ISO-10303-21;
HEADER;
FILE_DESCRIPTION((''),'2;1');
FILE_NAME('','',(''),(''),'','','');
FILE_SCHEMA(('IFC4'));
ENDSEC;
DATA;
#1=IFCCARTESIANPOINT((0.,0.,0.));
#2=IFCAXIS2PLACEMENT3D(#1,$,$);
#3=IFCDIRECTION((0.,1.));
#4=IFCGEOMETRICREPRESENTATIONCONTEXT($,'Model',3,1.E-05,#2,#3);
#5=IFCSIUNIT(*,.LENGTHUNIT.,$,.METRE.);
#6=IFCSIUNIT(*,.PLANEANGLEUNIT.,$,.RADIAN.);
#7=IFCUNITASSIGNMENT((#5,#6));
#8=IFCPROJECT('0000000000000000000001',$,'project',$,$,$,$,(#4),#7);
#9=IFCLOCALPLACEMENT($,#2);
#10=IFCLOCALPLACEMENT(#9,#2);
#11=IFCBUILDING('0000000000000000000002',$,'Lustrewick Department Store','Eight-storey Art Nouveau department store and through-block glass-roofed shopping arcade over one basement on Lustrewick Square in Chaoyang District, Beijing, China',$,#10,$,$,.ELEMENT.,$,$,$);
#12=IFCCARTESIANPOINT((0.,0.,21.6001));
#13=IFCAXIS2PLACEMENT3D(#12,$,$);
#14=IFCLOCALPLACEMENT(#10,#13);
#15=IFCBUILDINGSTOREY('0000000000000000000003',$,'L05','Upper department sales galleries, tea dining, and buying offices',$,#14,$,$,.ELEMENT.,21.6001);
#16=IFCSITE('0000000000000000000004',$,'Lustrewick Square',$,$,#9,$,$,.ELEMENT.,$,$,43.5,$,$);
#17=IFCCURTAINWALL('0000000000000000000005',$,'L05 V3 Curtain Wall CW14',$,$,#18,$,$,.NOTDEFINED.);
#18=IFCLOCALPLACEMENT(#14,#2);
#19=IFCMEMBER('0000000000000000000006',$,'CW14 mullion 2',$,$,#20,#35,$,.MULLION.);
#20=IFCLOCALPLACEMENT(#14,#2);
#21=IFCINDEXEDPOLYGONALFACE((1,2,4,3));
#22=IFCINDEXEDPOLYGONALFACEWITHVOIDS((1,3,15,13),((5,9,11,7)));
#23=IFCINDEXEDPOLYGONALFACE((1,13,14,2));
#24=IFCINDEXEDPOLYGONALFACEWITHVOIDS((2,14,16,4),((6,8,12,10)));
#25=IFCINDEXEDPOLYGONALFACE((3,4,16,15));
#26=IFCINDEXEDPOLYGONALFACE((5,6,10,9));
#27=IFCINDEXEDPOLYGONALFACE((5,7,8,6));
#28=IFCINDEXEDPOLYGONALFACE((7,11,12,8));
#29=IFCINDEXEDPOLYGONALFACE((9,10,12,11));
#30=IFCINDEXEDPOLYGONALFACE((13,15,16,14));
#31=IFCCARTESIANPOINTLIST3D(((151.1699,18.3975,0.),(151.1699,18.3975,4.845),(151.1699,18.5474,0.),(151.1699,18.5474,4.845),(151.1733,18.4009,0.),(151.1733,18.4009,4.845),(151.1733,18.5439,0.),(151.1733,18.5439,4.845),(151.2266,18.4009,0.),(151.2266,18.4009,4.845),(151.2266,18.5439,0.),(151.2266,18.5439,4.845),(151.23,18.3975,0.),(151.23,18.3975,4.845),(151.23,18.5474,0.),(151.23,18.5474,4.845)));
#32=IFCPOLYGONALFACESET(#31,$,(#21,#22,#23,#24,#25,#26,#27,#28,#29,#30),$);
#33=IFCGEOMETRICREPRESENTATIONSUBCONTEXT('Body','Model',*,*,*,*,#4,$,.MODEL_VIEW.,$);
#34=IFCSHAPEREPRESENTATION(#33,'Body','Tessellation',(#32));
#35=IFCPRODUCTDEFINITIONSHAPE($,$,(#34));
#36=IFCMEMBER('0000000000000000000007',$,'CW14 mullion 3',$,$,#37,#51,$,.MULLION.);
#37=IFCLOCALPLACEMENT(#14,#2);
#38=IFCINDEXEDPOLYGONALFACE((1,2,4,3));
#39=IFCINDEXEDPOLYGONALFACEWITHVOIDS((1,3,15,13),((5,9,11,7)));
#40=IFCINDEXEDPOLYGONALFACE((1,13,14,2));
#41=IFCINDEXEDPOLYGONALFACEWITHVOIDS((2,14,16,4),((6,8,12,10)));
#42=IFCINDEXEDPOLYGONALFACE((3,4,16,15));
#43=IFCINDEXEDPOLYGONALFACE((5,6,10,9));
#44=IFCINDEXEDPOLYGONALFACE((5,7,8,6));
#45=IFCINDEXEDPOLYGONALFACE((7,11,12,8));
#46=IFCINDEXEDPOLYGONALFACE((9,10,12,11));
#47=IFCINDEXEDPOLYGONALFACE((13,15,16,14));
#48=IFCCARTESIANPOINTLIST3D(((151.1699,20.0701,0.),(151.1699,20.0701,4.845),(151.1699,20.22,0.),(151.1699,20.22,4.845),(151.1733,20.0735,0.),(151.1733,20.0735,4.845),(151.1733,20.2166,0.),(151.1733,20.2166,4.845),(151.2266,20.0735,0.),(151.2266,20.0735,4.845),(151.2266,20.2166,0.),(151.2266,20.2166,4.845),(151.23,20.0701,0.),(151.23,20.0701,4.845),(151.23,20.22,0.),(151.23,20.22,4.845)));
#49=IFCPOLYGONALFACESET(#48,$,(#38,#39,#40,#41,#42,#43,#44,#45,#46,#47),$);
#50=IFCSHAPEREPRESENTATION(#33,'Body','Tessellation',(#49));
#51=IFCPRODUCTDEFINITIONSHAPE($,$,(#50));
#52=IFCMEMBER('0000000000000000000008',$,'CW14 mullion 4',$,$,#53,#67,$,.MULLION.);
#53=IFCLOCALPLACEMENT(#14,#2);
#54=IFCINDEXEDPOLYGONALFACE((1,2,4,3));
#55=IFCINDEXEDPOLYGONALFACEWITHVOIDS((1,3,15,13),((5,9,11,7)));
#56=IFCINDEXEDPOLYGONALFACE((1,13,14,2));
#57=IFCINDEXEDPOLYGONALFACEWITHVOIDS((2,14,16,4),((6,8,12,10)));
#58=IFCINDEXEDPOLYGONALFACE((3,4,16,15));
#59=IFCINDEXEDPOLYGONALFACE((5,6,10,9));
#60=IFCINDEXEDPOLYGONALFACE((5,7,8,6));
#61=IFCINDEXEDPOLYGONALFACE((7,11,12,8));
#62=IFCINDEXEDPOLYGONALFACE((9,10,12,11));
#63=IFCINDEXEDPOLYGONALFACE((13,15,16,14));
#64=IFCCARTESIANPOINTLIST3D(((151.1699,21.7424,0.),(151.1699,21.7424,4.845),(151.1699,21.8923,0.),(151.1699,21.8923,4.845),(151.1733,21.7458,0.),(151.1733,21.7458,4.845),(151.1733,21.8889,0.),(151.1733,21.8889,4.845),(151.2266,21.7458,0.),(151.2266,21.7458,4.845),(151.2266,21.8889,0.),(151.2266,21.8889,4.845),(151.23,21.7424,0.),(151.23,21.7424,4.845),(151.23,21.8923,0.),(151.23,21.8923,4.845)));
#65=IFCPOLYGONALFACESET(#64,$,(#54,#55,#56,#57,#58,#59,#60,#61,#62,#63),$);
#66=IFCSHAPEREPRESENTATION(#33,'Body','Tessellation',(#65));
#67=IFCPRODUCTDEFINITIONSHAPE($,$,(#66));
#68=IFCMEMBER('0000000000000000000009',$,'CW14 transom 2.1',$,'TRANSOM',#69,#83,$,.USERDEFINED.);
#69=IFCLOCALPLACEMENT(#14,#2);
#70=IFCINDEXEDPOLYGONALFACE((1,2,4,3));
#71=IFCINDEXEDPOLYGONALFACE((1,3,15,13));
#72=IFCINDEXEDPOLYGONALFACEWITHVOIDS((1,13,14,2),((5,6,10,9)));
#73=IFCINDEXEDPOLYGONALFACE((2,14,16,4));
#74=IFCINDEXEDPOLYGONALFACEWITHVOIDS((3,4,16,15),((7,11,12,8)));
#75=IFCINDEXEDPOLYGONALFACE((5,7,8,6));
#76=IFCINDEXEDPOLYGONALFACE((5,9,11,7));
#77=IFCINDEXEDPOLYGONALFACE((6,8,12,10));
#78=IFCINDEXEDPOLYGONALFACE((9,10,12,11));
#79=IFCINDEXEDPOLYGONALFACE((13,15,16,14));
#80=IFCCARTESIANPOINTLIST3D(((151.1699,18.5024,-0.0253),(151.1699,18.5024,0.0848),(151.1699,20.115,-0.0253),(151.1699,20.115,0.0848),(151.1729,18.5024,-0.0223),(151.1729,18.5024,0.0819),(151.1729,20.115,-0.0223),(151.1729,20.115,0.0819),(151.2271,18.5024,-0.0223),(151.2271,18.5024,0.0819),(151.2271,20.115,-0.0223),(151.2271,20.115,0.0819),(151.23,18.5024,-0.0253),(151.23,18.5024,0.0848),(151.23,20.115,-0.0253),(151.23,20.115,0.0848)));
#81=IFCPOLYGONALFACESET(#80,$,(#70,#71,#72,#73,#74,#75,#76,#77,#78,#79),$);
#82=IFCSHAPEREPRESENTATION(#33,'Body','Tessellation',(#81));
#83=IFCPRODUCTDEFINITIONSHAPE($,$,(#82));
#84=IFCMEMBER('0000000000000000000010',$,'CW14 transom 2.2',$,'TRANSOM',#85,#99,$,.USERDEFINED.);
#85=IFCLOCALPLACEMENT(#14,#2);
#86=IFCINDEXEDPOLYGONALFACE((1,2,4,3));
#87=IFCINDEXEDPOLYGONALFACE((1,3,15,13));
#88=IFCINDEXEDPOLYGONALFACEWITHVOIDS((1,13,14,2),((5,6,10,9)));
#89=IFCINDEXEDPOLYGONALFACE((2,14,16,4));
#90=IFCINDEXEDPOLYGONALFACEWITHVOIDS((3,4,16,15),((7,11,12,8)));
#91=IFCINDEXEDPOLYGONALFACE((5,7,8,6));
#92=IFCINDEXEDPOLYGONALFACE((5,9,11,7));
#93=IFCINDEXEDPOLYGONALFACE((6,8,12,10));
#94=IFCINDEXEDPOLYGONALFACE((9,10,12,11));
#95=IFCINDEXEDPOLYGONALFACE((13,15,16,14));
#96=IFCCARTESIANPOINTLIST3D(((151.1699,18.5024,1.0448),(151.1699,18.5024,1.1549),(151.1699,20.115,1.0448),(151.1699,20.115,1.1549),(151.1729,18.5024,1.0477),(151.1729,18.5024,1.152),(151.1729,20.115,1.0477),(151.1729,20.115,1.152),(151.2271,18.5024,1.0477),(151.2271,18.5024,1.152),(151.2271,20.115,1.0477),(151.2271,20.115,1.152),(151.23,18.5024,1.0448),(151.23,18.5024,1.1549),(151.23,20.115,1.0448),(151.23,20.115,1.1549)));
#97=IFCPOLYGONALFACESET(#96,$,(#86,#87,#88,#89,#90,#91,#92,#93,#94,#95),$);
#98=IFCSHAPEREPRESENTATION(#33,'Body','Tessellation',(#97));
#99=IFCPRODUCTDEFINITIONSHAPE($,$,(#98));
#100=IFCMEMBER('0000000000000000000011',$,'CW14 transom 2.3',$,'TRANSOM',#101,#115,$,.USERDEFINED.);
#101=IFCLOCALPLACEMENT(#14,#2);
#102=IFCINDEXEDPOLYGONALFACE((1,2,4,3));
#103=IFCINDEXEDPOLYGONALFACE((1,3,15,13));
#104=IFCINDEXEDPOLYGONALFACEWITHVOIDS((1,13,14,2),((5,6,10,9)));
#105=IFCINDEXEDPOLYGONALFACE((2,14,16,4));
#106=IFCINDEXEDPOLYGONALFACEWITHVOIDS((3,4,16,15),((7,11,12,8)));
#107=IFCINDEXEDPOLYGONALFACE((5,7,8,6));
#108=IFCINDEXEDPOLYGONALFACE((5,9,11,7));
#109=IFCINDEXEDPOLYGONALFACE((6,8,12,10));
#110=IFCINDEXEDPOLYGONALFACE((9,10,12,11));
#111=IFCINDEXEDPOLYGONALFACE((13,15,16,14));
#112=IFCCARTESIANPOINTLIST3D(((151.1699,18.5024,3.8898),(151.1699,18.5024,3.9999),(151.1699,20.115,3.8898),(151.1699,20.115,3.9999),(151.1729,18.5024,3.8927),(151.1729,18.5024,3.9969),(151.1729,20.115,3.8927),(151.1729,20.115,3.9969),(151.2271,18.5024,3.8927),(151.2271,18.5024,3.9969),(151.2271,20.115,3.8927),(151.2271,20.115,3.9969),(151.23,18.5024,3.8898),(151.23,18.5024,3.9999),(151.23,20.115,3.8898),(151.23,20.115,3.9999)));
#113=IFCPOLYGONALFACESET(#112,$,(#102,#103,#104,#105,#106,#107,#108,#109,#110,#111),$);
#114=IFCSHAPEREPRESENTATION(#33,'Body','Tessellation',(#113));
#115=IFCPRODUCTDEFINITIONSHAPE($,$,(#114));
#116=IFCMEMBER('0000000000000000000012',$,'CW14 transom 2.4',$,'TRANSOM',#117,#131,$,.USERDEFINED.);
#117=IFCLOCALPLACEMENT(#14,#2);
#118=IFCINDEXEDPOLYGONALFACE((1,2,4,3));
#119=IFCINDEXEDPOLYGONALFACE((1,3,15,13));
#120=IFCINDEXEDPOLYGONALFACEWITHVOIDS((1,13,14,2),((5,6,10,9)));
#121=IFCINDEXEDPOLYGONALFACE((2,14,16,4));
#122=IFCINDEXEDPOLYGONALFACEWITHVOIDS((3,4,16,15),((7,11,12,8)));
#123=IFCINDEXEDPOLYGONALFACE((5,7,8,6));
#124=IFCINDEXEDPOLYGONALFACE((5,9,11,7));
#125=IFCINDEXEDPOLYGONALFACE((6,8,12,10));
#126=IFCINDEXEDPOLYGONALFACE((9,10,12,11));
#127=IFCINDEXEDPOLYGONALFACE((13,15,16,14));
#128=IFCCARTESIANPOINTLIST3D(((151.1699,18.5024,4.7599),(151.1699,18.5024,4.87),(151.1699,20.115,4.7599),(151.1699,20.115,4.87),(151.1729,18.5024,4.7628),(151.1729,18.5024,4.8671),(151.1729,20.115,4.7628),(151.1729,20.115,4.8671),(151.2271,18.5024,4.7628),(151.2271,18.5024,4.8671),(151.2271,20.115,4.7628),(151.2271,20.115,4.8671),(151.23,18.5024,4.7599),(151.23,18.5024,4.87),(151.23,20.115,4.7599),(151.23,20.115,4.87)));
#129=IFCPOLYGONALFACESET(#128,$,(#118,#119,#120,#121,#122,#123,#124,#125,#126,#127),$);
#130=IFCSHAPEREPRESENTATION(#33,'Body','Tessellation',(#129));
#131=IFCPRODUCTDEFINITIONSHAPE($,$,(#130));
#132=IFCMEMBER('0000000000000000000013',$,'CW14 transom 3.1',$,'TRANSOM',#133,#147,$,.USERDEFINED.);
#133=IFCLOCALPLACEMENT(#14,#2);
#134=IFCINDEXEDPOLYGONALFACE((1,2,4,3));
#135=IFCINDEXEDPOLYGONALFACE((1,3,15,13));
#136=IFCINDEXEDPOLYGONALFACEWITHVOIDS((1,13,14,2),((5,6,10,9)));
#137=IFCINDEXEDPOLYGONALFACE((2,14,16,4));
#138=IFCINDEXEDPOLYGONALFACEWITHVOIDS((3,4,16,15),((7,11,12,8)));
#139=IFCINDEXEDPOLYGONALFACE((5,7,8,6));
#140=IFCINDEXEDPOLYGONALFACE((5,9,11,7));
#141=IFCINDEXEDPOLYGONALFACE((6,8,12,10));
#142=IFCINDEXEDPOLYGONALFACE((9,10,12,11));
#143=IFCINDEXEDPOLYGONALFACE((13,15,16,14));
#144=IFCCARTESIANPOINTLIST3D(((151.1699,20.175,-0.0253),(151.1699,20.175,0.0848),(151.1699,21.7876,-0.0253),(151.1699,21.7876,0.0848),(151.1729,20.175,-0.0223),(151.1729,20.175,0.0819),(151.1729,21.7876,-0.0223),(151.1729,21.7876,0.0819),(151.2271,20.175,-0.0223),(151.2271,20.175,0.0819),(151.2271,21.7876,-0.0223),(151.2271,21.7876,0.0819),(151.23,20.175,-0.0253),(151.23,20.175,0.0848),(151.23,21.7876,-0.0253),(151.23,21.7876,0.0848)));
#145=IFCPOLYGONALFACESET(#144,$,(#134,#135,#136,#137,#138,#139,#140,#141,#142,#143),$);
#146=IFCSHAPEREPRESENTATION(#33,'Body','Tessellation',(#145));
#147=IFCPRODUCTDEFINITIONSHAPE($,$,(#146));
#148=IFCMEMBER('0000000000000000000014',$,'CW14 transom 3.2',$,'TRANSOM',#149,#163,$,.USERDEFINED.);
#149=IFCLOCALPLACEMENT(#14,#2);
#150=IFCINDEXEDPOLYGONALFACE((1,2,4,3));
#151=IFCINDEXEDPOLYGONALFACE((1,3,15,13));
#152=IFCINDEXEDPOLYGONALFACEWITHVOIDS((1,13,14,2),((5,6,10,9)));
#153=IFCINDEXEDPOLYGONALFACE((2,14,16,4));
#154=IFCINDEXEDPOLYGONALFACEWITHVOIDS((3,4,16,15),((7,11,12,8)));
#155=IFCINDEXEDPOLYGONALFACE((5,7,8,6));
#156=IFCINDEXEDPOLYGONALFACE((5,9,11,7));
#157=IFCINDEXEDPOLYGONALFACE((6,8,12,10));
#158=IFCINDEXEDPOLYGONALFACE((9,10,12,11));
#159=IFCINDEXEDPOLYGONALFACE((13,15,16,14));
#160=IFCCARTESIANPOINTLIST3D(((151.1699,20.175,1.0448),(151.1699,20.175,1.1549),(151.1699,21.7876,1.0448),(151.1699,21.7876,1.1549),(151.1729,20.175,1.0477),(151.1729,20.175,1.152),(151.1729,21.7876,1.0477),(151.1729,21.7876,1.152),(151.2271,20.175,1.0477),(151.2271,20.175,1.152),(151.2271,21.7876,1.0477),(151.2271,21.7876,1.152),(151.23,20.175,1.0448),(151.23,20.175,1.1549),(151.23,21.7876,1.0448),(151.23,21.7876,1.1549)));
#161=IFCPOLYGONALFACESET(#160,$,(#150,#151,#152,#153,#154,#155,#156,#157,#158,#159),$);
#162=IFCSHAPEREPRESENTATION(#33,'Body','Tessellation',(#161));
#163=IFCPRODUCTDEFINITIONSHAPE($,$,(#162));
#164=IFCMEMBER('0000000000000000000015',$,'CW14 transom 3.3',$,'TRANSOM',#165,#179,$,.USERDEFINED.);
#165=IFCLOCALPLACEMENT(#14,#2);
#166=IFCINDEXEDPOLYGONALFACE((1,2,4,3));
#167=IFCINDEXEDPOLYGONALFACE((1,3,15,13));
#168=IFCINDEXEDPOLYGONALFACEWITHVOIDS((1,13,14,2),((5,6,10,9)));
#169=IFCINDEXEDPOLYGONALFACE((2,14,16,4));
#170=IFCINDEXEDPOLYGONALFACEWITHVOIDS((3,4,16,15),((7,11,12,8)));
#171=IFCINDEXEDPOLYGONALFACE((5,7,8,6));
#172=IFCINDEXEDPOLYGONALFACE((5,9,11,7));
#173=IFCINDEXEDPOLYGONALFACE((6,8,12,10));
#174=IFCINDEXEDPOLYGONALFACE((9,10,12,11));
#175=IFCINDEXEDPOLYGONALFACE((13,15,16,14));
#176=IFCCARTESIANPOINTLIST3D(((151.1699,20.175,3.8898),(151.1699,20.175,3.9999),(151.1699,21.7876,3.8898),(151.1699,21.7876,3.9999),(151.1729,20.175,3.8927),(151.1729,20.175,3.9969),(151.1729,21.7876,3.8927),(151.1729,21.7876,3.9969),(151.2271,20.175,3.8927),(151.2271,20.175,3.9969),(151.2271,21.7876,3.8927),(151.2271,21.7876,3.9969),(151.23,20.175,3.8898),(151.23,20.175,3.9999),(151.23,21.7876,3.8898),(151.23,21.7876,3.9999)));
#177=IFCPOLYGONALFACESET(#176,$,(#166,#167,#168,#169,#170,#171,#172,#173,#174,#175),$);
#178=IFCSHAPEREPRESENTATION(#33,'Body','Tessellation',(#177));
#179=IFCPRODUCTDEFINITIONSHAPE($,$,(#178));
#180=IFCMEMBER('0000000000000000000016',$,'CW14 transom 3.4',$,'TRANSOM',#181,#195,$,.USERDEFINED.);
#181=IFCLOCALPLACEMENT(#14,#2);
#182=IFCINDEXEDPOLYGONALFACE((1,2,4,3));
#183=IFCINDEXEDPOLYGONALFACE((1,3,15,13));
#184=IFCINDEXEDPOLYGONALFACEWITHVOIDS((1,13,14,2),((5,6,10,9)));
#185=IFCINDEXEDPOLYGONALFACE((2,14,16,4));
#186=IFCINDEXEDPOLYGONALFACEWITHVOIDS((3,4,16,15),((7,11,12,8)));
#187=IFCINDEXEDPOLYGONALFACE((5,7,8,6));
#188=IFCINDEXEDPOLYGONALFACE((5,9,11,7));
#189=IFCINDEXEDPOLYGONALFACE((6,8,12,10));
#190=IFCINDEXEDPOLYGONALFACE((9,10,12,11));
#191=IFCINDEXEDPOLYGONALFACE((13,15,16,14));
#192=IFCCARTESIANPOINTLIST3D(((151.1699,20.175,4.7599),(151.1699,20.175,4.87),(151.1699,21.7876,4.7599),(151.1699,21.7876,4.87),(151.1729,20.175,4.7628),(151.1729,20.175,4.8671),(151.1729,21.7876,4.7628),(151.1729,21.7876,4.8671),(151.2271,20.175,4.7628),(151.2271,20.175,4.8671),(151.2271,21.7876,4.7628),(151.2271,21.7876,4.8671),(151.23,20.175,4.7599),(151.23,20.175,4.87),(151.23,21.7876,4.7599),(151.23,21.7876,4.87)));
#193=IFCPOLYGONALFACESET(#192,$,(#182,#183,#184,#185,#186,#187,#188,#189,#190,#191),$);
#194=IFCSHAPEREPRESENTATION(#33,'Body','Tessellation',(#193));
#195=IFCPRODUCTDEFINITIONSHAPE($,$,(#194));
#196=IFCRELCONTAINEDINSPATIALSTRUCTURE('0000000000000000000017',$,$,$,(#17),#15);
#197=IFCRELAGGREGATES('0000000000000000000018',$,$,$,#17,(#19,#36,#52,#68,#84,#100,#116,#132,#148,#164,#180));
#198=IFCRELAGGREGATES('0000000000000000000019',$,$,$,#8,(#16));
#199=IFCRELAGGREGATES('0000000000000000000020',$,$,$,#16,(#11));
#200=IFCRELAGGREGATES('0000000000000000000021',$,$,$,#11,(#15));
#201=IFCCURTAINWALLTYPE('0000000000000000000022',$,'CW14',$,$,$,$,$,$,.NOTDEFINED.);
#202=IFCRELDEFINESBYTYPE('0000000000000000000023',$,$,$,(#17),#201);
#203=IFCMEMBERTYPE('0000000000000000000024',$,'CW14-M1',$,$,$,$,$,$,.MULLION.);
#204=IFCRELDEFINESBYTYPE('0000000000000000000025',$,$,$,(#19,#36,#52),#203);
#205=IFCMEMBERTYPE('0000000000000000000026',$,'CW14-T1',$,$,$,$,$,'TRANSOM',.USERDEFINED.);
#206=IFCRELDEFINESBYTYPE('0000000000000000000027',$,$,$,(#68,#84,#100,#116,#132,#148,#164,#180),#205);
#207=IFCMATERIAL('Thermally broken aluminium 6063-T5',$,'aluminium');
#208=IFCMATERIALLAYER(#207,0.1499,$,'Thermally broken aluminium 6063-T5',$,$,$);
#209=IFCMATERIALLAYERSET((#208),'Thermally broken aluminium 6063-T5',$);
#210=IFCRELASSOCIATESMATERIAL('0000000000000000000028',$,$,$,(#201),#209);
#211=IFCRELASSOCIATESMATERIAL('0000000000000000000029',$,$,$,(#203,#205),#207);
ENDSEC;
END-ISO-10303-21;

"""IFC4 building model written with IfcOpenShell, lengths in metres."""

from ifc_helpers import new_model, si_unit, direction, frame, origin, origin_2d, place, context, subcontext, project, spatial, hollow_rectangle, extrude, material, layer, layer_set, material_profile, profile_set, type_object, element, aggregate, save


model = new_model("IFC4")

# Units and contexts
model_context = context("Model", 3, precision=1e-05, world=origin(), true_north=direction((0.0, 1.0)))
body_context = subcontext(model_context, "Body", "Model", "MODEL_VIEW")
ifc_project = project(units=[si_unit("LENGTHUNIT", "METRE"), si_unit("PLANEANGLEUNIT", "RADIAN")], contexts=[model_context])

# Site, building, storey
site_placement = place(None, origin())
site = spatial("IfcSite", under=ifc_project, at=site_placement, Name="Lustrewick Square", CompositionType="ELEMENT", RefElevation=43.5)
building_placement = place(site_placement, origin())
building = spatial("IfcBuilding", under=site, at=building_placement, Name="Lustrewick Department Store", Description="Eight-storey Art Nouveau department store and through-block glass-roofed shopping arcade over one basement on Lustrewick Square in Chaoyang District, Beijing, China", CompositionType="ELEMENT")
storey_placement = place(building_placement, frame((0.0, 0.0, 21.6001)))
storey = spatial("IfcBuildingStorey", under=building, at=storey_placement, Name="L05", Description="Upper department sales galleries, tea dining, and buying offices", CompositionType="ELEMENT", Elevation=21.6001)

# Curtain wall, members
ifc_material_1 = material(Name="Thermally broken aluminium 6063-T5", Category="aluminium")
ifc_layer_1 = layer(ifc_material_1, 0.1499, Name="Thermally broken aluminium 6063-T5")
ifc_layer_set_1 = layer_set([ifc_layer_1], Name="Thermally broken aluminium 6063-T5")
curtain_wall_type = type_object("IfcCurtainWallType", Name="CW14", PredefinedType="NOTDEFINED", material=ifc_layer_set_1)
curtain_wall_placement = place(storey_placement, origin())
curtain_wall = element("IfcCurtainWall", 1, at=curtain_wall_placement, inside=storey, type_object=curtain_wall_type, Name="L05 V3 Curtain Wall CW14", PredefinedType="NOTDEFINED")
ifc_material_profile_1 = material_profile(ifc_material_1, hollow_rectangle(XDim=0.0601, YDim=0.1499, WallThickness=0.0034, at=origin_2d()), Name="ALU-M 60x150x3.5")
ifc_profile_set_1 = profile_set([ifc_material_profile_1], Name="Thermally broken aluminium 6063-T5")
member_type_1 = type_object("IfcMemberType", Name="CW14-M1", PredefinedType="MULLION", material=ifc_profile_set_1)
member_1_placement = place(storey_placement, frame((151.2, 18.4724, 0.0), z_axis=(0.0, 0.0, 1.0), x_axis=(-1.0, 0.0, 0.0)))
member_1 = element("IfcMember", 2, at=member_1_placement, type_object=member_type_1, Name="CW14 mullion 2", PredefinedType="MULLION", context=body_context, shape_type="SweptSolid", body=[
    extrude(hollow_rectangle(XDim=0.0601, YDim=0.1499, WallThickness=0.0034, at=origin_2d()), origin(), (0.0, 0.0, 1.0), 4.845),
])
member_2_placement = place(storey_placement, frame((151.2, 20.145, 0.0), z_axis=(0.0, 0.0, 1.0), x_axis=(-1.0, 0.0, 0.0)))
member_2 = element("IfcMember", 3, at=member_2_placement, type_object=member_type_1, Name="CW14 mullion 3", PredefinedType="MULLION", context=body_context, shape_type="SweptSolid", body=[
    extrude(hollow_rectangle(XDim=0.0601, YDim=0.1499, WallThickness=0.0034, at=origin_2d()), origin(), (0.0, 0.0, 1.0), 4.845),
])
member_3_placement = place(storey_placement, frame((151.2, 21.8174, 0.0), z_axis=(0.0, 0.0, 1.0), x_axis=(-1.0, 0.0, 0.0)))
member_3 = element("IfcMember", 4, at=member_3_placement, type_object=member_type_1, Name="CW14 mullion 4", PredefinedType="MULLION", context=body_context, shape_type="SweptSolid", body=[
    extrude(hollow_rectangle(XDim=0.0601, YDim=0.1499, WallThickness=0.0034, at=origin_2d()), origin(), (0.0, 0.0, 1.0), 4.845),
])
ifc_material_profile_2 = material_profile(ifc_material_1, hollow_rectangle(XDim=0.0601, YDim=0.1101, WallThickness=0.0029, at=origin_2d()), Name="ALU-T 60x110x3")
ifc_profile_set_2 = profile_set([ifc_material_profile_2], Name="Thermally broken aluminium 6063-T5")
member_type_2 = type_object("IfcMemberType", Name="CW14-T1", ElementType="TRANSOM", PredefinedType="USERDEFINED", material=ifc_profile_set_2)
member_4_placement = place(storey_placement, frame((151.2, 18.5024, 0.0298), z_axis=(0.0, 1.0, 0.0), x_axis=(-1.0, 0.0, 0.0)))
member_4 = element("IfcMember", 5, at=member_4_placement, type_object=member_type_2, Name="CW14 transom 2.1", ObjectType="TRANSOM", PredefinedType="USERDEFINED", context=body_context, shape_type="SweptSolid", body=[
    extrude(hollow_rectangle(XDim=0.0601, YDim=0.1101, WallThickness=0.0029, at=origin_2d()), origin(), (0.0, 0.0, 1.0), 1.6125),
])
member_5_placement = place(storey_placement, frame((151.2, 18.5024, 1.0999), z_axis=(0.0, 1.0, 0.0), x_axis=(-1.0, 0.0, 0.0)))
member_5 = element("IfcMember", 6, at=member_5_placement, type_object=member_type_2, Name="CW14 transom 2.2", ObjectType="TRANSOM", PredefinedType="USERDEFINED", context=body_context, shape_type="SweptSolid", body=[
    extrude(hollow_rectangle(XDim=0.0601, YDim=0.1101, WallThickness=0.0029, at=origin_2d()), origin(), (0.0, 0.0, 1.0), 1.6125),
])
member_6_placement = place(storey_placement, frame((151.2, 18.5024, 3.9448), z_axis=(0.0, 1.0, 0.0), x_axis=(-1.0, 0.0, 0.0)))
member_6 = element("IfcMember", 7, at=member_6_placement, type_object=member_type_2, Name="CW14 transom 2.3", ObjectType="TRANSOM", PredefinedType="USERDEFINED", context=body_context, shape_type="SweptSolid", body=[
    extrude(hollow_rectangle(XDim=0.0601, YDim=0.1101, WallThickness=0.0029, at=origin_2d()), origin(), (0.0, 0.0, 1.0), 1.6125),
])
member_7_placement = place(storey_placement, frame((151.2, 18.5024, 4.8149), z_axis=(0.0, 1.0, 0.0), x_axis=(-1.0, 0.0, 0.0)))
member_7 = element("IfcMember", 8, at=member_7_placement, type_object=member_type_2, Name="CW14 transom 2.4", ObjectType="TRANSOM", PredefinedType="USERDEFINED", context=body_context, shape_type="SweptSolid", body=[
    extrude(hollow_rectangle(XDim=0.0601, YDim=0.1101, WallThickness=0.0029, at=origin_2d()), origin(), (0.0, 0.0, 1.0), 1.6125),
])
member_8_placement = place(storey_placement, frame((151.2, 20.175, 0.0298), z_axis=(0.0, 1.0, 0.0), x_axis=(-1.0, 0.0, 0.0)))
member_8 = element("IfcMember", 9, at=member_8_placement, type_object=member_type_2, Name="CW14 transom 3.1", ObjectType="TRANSOM", PredefinedType="USERDEFINED", context=body_context, shape_type="SweptSolid", body=[
    extrude(hollow_rectangle(XDim=0.0601, YDim=0.1101, WallThickness=0.0029, at=origin_2d()), origin(), (0.0, 0.0, 1.0), 1.6125),
])
member_9_placement = place(storey_placement, frame((151.2, 20.175, 1.0999), z_axis=(0.0, 1.0, 0.0), x_axis=(-1.0, 0.0, 0.0)))
member_9 = element("IfcMember", 10, at=member_9_placement, type_object=member_type_2, Name="CW14 transom 3.2", ObjectType="TRANSOM", PredefinedType="USERDEFINED", context=body_context, shape_type="SweptSolid", body=[
    extrude(hollow_rectangle(XDim=0.0601, YDim=0.1101, WallThickness=0.0029, at=origin_2d()), origin(), (0.0, 0.0, 1.0), 1.6125),
])
member_10_placement = place(storey_placement, frame((151.2, 20.175, 3.9448), z_axis=(0.0, 1.0, 0.0), x_axis=(-1.0, 0.0, 0.0)))
member_10 = element("IfcMember", 11, at=member_10_placement, type_object=member_type_2, Name="CW14 transom 3.3", ObjectType="TRANSOM", PredefinedType="USERDEFINED", context=body_context, shape_type="SweptSolid", body=[
    extrude(hollow_rectangle(XDim=0.0601, YDim=0.1101, WallThickness=0.0029, at=origin_2d()), origin(), (0.0, 0.0, 1.0), 1.6125),
])
member_11_placement = place(storey_placement, frame((151.2, 20.175, 4.8149), z_axis=(0.0, 1.0, 0.0), x_axis=(-1.0, 0.0, 0.0)))
member_11 = element("IfcMember", 12, at=member_11_placement, type_object=member_type_2, Name="CW14 transom 3.4", ObjectType="TRANSOM", PredefinedType="USERDEFINED", context=body_context, shape_type="SweptSolid", body=[
    extrude(hollow_rectangle(XDim=0.0601, YDim=0.1101, WallThickness=0.0029, at=origin_2d()), origin(), (0.0, 0.0, 1.0), 1.6125),
])
aggregate(curtain_wall, [member_1, member_2, member_3, member_4, member_5, member_6, member_7, member_8, member_9, member_10, member_11])

save(model, "model.ifc")
